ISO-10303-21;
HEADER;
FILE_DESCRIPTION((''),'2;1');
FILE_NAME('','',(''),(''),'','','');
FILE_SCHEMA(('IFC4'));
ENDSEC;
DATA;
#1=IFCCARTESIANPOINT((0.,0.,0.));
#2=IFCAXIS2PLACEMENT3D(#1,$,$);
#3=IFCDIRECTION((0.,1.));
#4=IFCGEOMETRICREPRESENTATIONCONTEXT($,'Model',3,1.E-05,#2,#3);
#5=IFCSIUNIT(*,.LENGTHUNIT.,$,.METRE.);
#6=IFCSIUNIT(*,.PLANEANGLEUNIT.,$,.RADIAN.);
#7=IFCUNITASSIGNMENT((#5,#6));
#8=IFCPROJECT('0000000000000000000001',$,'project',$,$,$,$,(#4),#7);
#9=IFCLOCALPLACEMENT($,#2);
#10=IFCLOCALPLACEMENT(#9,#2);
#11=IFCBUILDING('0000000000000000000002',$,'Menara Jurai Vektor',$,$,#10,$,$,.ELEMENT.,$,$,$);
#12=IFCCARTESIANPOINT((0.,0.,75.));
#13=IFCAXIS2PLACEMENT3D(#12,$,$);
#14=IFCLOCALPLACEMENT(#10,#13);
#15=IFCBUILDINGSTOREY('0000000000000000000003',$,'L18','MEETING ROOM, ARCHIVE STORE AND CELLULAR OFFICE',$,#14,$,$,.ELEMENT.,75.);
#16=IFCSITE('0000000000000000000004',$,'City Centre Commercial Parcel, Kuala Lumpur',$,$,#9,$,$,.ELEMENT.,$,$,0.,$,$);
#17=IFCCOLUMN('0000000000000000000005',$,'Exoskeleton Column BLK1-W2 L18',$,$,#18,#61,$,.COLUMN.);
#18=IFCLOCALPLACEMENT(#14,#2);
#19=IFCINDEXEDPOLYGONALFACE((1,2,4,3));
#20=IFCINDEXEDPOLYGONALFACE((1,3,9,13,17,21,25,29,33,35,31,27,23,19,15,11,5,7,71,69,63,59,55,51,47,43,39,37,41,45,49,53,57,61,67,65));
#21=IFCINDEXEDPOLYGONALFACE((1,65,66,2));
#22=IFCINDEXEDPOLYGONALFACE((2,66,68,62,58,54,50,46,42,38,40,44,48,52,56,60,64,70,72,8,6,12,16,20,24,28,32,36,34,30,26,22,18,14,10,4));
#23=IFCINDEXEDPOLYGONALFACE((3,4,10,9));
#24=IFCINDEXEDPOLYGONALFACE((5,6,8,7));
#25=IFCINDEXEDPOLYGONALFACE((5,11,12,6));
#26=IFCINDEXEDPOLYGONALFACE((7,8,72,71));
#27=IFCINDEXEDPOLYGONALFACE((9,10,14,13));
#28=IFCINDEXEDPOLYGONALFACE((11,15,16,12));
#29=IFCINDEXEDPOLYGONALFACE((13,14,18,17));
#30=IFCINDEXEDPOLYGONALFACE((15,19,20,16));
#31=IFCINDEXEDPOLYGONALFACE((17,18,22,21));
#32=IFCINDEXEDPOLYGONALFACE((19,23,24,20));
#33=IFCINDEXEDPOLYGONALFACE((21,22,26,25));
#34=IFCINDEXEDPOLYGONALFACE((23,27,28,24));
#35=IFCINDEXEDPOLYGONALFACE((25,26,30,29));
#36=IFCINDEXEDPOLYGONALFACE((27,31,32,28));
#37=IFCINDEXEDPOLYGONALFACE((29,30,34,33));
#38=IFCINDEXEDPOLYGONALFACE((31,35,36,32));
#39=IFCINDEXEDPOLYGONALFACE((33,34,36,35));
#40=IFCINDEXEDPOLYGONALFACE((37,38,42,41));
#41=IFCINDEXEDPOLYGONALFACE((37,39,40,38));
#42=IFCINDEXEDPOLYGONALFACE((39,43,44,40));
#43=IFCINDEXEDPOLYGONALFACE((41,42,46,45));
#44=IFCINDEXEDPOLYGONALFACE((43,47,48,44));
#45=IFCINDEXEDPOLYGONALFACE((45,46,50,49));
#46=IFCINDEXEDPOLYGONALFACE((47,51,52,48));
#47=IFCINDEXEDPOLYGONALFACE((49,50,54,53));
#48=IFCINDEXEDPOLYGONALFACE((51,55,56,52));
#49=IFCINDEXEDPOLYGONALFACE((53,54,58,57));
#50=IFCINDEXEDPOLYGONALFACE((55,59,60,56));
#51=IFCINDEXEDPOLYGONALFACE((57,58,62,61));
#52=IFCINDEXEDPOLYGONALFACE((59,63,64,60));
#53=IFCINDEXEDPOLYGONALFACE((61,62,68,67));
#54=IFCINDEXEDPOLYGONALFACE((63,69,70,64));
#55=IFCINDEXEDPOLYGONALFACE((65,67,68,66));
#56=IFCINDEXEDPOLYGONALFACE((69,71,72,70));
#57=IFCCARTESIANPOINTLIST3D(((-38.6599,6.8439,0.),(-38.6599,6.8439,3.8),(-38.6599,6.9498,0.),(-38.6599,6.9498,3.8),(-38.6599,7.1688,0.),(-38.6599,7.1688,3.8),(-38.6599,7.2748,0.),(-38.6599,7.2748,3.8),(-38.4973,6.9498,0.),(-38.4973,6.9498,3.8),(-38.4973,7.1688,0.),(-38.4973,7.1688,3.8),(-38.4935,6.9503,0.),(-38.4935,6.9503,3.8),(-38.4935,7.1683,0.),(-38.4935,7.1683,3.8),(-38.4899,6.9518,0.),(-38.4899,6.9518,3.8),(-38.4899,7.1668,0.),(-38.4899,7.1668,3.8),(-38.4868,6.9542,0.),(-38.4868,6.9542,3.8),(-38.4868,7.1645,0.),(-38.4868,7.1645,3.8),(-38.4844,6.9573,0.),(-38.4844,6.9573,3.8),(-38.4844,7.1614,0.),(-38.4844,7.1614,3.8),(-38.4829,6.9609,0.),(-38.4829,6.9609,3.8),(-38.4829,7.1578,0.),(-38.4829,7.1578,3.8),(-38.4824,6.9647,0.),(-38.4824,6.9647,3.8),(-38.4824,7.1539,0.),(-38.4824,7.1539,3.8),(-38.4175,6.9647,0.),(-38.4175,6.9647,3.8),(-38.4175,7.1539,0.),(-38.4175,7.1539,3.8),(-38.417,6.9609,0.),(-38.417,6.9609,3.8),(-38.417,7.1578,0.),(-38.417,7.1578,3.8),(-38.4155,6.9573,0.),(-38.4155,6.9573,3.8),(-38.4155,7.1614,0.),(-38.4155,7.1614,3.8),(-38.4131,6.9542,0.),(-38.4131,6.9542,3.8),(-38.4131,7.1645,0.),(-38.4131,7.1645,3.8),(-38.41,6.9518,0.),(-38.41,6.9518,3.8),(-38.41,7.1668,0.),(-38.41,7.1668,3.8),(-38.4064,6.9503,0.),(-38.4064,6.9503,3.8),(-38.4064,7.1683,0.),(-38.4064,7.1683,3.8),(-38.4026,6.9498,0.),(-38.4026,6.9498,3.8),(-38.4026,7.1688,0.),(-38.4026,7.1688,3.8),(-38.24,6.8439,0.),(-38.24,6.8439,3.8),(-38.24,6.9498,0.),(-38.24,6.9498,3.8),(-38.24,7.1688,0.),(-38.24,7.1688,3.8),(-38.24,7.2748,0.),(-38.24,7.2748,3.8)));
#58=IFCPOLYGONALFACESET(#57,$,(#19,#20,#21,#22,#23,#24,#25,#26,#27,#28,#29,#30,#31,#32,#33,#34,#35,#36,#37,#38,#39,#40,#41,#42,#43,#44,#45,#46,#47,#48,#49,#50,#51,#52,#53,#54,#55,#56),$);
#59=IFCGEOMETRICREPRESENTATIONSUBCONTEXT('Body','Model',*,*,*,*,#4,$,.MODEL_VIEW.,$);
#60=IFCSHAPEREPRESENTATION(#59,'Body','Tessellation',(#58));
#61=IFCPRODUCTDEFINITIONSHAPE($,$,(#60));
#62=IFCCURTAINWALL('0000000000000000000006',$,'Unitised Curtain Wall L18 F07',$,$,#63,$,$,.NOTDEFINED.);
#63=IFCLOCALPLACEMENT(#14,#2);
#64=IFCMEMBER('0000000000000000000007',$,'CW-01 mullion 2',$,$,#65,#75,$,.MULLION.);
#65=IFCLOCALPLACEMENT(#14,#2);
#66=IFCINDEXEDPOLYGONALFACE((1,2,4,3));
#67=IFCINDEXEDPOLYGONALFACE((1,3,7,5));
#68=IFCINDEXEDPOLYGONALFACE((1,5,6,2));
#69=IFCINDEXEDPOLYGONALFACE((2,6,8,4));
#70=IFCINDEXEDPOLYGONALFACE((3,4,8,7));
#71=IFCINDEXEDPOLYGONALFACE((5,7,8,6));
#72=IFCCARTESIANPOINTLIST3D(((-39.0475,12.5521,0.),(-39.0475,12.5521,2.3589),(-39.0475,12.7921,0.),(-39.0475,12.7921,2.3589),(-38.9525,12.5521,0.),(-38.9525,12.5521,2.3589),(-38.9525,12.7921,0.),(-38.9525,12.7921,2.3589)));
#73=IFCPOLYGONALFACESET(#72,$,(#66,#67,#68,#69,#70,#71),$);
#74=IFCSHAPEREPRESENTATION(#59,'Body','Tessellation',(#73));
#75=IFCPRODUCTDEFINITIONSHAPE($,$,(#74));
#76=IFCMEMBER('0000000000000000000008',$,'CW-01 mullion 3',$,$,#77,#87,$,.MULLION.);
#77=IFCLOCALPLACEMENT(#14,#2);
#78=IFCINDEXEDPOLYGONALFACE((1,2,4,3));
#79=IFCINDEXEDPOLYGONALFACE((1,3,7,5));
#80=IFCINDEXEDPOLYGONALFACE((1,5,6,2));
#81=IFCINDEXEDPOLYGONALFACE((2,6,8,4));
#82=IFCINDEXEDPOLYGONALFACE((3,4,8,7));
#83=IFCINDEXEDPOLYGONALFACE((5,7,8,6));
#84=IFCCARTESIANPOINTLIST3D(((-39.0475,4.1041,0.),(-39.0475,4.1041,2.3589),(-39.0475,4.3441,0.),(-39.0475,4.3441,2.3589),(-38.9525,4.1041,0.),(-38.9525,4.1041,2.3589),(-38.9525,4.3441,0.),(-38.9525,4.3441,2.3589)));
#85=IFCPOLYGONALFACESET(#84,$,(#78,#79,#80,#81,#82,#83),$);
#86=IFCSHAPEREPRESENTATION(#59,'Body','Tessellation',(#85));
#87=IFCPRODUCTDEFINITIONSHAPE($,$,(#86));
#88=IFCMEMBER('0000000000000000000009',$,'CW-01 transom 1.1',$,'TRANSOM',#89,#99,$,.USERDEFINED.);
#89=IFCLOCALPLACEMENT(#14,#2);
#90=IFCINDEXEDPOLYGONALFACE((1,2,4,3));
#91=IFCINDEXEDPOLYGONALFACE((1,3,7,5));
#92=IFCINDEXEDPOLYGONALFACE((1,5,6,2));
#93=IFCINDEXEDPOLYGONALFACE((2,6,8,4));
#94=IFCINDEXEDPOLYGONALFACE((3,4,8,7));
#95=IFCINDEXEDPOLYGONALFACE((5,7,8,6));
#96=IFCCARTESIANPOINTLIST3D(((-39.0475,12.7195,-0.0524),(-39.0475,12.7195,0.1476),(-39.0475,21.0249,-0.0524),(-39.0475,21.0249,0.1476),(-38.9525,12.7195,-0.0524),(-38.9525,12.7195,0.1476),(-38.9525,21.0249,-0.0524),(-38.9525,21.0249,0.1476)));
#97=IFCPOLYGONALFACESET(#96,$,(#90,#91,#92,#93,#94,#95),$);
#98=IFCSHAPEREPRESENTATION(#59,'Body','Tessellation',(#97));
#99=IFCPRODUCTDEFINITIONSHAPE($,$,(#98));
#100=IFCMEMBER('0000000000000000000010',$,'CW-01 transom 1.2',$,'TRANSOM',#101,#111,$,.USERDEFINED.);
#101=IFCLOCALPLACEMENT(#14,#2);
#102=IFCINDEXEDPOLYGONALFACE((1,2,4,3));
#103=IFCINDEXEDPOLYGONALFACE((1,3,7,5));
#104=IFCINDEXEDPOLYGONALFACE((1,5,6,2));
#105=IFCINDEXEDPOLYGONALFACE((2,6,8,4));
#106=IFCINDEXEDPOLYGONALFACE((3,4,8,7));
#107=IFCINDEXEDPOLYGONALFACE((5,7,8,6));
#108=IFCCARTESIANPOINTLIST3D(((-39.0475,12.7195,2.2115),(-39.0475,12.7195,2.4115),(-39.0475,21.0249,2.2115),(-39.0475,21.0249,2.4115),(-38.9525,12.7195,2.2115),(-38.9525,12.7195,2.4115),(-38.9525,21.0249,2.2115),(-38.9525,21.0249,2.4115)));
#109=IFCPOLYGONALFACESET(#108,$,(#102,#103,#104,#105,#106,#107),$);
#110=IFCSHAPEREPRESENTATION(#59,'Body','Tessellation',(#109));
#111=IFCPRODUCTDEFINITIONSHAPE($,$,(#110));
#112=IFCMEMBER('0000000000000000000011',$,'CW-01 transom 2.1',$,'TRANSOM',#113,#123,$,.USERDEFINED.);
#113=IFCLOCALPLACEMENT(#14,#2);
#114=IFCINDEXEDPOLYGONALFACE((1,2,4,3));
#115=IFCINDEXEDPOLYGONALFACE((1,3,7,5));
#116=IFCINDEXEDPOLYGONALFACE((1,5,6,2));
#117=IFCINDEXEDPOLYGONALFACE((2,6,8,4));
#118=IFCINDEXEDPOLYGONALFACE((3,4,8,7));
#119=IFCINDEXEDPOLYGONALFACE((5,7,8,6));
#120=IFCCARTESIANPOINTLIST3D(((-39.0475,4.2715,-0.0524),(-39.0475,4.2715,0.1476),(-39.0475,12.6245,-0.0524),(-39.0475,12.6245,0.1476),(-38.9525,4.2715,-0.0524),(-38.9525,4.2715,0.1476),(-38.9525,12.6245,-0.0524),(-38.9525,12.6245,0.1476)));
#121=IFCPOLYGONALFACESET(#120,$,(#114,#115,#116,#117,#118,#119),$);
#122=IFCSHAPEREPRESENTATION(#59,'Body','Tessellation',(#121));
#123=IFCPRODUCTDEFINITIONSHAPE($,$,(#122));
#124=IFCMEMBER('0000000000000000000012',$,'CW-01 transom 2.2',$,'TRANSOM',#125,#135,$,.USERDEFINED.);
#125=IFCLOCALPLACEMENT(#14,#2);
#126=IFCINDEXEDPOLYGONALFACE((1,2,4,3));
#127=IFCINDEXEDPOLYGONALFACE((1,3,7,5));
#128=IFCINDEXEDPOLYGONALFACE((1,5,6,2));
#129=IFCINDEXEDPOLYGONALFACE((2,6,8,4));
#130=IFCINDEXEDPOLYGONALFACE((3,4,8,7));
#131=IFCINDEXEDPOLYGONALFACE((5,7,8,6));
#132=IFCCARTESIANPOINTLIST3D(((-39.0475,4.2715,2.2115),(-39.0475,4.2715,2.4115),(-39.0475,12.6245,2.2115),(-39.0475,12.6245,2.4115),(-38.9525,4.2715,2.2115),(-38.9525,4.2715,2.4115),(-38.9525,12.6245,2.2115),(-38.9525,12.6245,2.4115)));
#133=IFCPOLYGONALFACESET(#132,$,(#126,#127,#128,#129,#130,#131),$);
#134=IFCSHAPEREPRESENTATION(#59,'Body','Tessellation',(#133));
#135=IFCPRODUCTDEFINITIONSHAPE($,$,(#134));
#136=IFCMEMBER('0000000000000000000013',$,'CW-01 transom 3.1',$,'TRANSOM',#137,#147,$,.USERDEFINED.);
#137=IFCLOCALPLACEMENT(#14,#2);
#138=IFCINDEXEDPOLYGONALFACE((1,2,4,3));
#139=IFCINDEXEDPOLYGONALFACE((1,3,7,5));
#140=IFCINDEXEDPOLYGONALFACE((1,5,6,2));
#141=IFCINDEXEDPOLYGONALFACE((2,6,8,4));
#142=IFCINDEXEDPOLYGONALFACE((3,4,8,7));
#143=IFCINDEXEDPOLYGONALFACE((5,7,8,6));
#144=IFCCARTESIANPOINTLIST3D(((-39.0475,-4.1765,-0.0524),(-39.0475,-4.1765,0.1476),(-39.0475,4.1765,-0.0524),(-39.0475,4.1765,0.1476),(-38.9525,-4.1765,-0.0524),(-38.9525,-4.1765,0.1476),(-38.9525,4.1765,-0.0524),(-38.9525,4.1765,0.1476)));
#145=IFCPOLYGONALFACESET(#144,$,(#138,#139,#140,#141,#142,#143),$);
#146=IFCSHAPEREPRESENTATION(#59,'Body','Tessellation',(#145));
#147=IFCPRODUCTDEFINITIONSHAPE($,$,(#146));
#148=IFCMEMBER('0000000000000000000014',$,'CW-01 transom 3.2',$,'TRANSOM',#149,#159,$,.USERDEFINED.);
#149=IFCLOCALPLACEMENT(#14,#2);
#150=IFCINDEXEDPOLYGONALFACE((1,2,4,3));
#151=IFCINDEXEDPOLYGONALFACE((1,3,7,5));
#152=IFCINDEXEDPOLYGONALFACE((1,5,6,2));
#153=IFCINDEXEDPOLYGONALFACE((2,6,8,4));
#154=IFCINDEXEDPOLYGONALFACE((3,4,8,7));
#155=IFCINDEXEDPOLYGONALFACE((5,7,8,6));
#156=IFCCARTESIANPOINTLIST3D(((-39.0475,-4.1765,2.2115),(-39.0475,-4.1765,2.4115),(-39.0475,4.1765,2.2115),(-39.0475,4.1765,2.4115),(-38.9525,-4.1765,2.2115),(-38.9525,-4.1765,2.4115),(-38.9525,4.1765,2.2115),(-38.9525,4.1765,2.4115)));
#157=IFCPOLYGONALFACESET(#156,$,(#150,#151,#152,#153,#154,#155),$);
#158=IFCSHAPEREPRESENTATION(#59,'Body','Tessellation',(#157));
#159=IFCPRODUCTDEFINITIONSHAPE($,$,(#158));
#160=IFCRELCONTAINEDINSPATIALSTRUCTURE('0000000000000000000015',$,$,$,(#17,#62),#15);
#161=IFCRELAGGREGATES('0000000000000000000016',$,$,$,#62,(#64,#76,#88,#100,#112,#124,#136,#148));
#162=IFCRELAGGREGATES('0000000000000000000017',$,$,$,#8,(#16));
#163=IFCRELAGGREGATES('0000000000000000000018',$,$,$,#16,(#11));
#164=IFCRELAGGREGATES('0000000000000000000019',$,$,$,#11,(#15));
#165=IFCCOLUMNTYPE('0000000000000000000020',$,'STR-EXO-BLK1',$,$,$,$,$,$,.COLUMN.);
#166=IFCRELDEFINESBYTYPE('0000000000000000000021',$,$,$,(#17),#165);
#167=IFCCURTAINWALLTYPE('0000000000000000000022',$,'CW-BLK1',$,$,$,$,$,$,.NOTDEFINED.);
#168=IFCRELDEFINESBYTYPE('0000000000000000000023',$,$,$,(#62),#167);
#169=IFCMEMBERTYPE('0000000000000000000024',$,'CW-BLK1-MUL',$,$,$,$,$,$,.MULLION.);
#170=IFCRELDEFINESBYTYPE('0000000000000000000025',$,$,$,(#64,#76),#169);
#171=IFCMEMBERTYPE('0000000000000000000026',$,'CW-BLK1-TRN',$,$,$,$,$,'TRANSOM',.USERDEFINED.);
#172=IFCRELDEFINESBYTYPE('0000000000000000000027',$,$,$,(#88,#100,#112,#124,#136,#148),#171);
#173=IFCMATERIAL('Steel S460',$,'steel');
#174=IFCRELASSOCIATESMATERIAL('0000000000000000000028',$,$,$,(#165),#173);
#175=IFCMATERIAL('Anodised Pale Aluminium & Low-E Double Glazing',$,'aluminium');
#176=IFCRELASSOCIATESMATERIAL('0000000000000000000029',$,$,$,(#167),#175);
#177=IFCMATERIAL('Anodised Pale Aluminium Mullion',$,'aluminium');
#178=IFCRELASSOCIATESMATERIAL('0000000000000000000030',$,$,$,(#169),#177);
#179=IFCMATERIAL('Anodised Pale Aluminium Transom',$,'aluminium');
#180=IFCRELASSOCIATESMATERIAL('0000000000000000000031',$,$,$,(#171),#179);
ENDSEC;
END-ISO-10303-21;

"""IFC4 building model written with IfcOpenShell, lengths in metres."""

from ifc_helpers import new_model, si_unit, direction, frame, origin, origin_2d, place, context, subcontext, project, spatial, rectangle, i_section, extrude, material, material_profile, profile_set, type_object, element, aggregate, save


model = new_model("IFC4")

# Units and contexts
model_context = context("Model", 3, precision=1e-05, world=origin(), true_north=direction((0.0, 1.0)))
body_context = subcontext(model_context, "Body", "Model", "MODEL_VIEW")
ifc_project = project(units=[si_unit("LENGTHUNIT", "METRE"), si_unit("PLANEANGLEUNIT", "RADIAN")], contexts=[model_context])

# Site, building, storey
site_placement = place(None, origin())
site = spatial("IfcSite", under=ifc_project, at=site_placement, Name="City Centre Commercial Parcel, Kuala Lumpur", CompositionType="ELEMENT", RefElevation=0.0)
building_placement = place(site_placement, origin())
building = spatial("IfcBuilding", under=site, at=building_placement, Name="Menara Jurai Vektor", CompositionType="ELEMENT")
storey_placement = place(building_placement, frame((0.0, 0.0, 75.0)))
storey = spatial("IfcBuildingStorey", under=building, at=storey_placement, Name="L18", Description="MEETING ROOM, ARCHIVE STORE AND CELLULAR OFFICE", CompositionType="ELEMENT", Elevation=75.0)

# Column
ifc_material_1 = material(Name="Steel S460", Category="steel")
ifc_material_profile_1 = material_profile(ifc_material_1, i_section(OverallWidth=0.4199, OverallDepth=0.4309, WebThickness=0.0649, FlangeThickness=0.106, FilletRadius=0.0149, at=origin_2d()), Name="HD 400x900")
ifc_profile_set_1 = profile_set([ifc_material_profile_1], Name="Steel S460")
column_type = type_object("IfcColumnType", Name="STR-EXO-BLK1", PredefinedType="COLUMN", material=ifc_profile_set_1)
column_placement = place(storey_placement, frame((-38.45, 7.0593, 0.0), z_axis=(0.0, 0.0, 1.0), x_axis=(1.0, 0.0, 0.0)))
element("IfcColumn", 1, at=column_placement, inside=storey, type_object=column_type, Name="Exoskeleton Column BLK1-W2 L18", PredefinedType="COLUMN", context=body_context, shape_type="SweptSolid", body=[
    extrude(i_section(OverallWidth=0.4199, OverallDepth=0.4309, WebThickness=0.0649, FlangeThickness=0.106, FilletRadius=0.0149, at=origin_2d()), origin(), (0.0, 0.0, 1.0), 3.8),
])

# Curtain wall, members
ifc_material_2 = material(Name="Anodised Pale Aluminium & Low-E Double Glazing", Category="aluminium")
curtain_wall_type = type_object("IfcCurtainWallType", Name="CW-BLK1", PredefinedType="NOTDEFINED", material=ifc_material_2)
curtain_wall_placement = place(storey_placement, origin())
curtain_wall = element("IfcCurtainWall", 2, at=curtain_wall_placement, inside=storey, type_object=curtain_wall_type, Name="Unitised Curtain Wall L18 F07", PredefinedType="NOTDEFINED")
ifc_material_3 = material(Name="Anodised Pale Aluminium Mullion", Category="aluminium")
ifc_material_profile_2 = material_profile(ifc_material_3, rectangle(XDim=0.095, YDim=0.24, at=origin_2d()), Name="ALU MUL 95x240")
ifc_profile_set_2 = profile_set([ifc_material_profile_2], Name="Anodised Pale Aluminium Mullion")
member_type_1 = type_object("IfcMemberType", Name="CW-BLK1-MUL", PredefinedType="MULLION", material=ifc_profile_set_2)
member_1_placement = place(storey_placement, frame((-39.0, 12.6721, 0.0), z_axis=(0.0, 0.0, 1.0), x_axis=(1.0, 0.0, 0.0)))
member_1 = element("IfcMember", 3, at=member_1_placement, type_object=member_type_1, Name="CW-01 mullion 2", PredefinedType="MULLION", context=body_context, shape_type="SweptSolid", body=[
    extrude(rectangle(XDim=0.095, YDim=0.24, at=origin_2d()), origin(), (0.0, 0.0, 1.0), 2.3589),
])
member_2_placement = place(storey_placement, frame((-39.0, 4.2241, 0.0), z_axis=(0.0, 0.0, 1.0), x_axis=(1.0, 0.0, 0.0)))
member_2 = element("IfcMember", 4, at=member_2_placement, type_object=member_type_1, Name="CW-01 mullion 3", PredefinedType="MULLION", context=body_context, shape_type="SweptSolid", body=[
    extrude(rectangle(XDim=0.095, YDim=0.24, at=origin_2d()), origin(), (0.0, 0.0, 1.0), 2.3589),
])
ifc_material_4 = material(Name="Anodised Pale Aluminium Transom", Category="aluminium")
ifc_material_profile_3 = material_profile(ifc_material_4, rectangle(XDim=0.095, YDim=0.2, at=origin_2d()), Name="ALU TRN 95x200")
ifc_profile_set_3 = profile_set([ifc_material_profile_3], Name="Anodised Pale Aluminium Transom")
member_type_2 = type_object("IfcMemberType", Name="CW-BLK1-TRN", ElementType="TRANSOM", PredefinedType="USERDEFINED", material=ifc_profile_set_3)
member_3_placement = place(storey_placement, frame((-39.0, 21.0249, 0.0476), z_axis=(0.0, -1.0, 0.0), x_axis=(1.0, 0.0, 0.0)))
member_3 = element("IfcMember", 5, at=member_3_placement, type_object=member_type_2, Name="CW-01 transom 1.1", ObjectType="TRANSOM", PredefinedType="USERDEFINED", context=body_context, shape_type="SweptSolid", body=[
    extrude(rectangle(XDim=0.095, YDim=0.2, at=origin_2d()), origin(), (0.0, 0.0, 1.0), 8.3054),
])
member_4_placement = place(storey_placement, frame((-39.0, 21.0249, 2.3115), z_axis=(0.0, -1.0, 0.0), x_axis=(1.0, 0.0, 0.0)))
member_4 = element("IfcMember", 6, at=member_4_placement, type_object=member_type_2, Name="CW-01 transom 1.2", ObjectType="TRANSOM", PredefinedType="USERDEFINED", context=body_context, shape_type="SweptSolid", body=[
    extrude(rectangle(XDim=0.095, YDim=0.2, at=origin_2d()), origin(), (0.0, 0.0, 1.0), 8.3054),
])
member_5_placement = place(storey_placement, frame((-39.0, 12.6245, 0.0476), z_axis=(0.0, -1.0, 0.0), x_axis=(1.0, 0.0, 0.0)))
member_5 = element("IfcMember", 7, at=member_5_placement, type_object=member_type_2, Name="CW-01 transom 2.1", ObjectType="TRANSOM", PredefinedType="USERDEFINED", context=body_context, shape_type="SweptSolid", body=[
    extrude(rectangle(XDim=0.095, YDim=0.2, at=origin_2d()), origin(), (0.0, 0.0, 1.0), 8.353),
])
member_6_placement = place(storey_placement, frame((-39.0, 12.6245, 2.3115), z_axis=(0.0, -1.0, 0.0), x_axis=(1.0, 0.0, 0.0)))
member_6 = element("IfcMember", 8, at=member_6_placement, type_object=member_type_2, Name="CW-01 transom 2.2", ObjectType="TRANSOM", PredefinedType="USERDEFINED", context=body_context, shape_type="SweptSolid", body=[
    extrude(rectangle(XDim=0.095, YDim=0.2, at=origin_2d()), origin(), (0.0, 0.0, 1.0), 8.353),
])
member_7_placement = place(storey_placement, frame((-39.0, 4.1765, 0.0476), z_axis=(0.0, -1.0, 0.0), x_axis=(1.0, 0.0, 0.0)))
member_7 = element("IfcMember", 9, at=member_7_placement, type_object=member_type_2, Name="CW-01 transom 3.1", ObjectType="TRANSOM", PredefinedType="USERDEFINED", context=body_context, shape_type="SweptSolid", body=[
    extrude(rectangle(XDim=0.095, YDim=0.2, at=origin_2d()), origin(), (0.0, 0.0, 1.0), 8.353),
])
member_8_placement = place(storey_placement, frame((-39.0, 4.1765, 2.3115), z_axis=(0.0, -1.0, 0.0), x_axis=(1.0, 0.0, 0.0)))
member_8 = element("IfcMember", 10, at=member_8_placement, type_object=member_type_2, Name="CW-01 transom 3.2", ObjectType="TRANSOM", PredefinedType="USERDEFINED", context=body_context, shape_type="SweptSolid", body=[
    extrude(rectangle(XDim=0.095, YDim=0.2, at=origin_2d()), origin(), (0.0, 0.0, 1.0), 8.353),
])

aggregate(curtain_wall, [member_1, member_2, member_3, member_4, member_5, member_6, member_7, member_8])

save(model, "model.ifc")
